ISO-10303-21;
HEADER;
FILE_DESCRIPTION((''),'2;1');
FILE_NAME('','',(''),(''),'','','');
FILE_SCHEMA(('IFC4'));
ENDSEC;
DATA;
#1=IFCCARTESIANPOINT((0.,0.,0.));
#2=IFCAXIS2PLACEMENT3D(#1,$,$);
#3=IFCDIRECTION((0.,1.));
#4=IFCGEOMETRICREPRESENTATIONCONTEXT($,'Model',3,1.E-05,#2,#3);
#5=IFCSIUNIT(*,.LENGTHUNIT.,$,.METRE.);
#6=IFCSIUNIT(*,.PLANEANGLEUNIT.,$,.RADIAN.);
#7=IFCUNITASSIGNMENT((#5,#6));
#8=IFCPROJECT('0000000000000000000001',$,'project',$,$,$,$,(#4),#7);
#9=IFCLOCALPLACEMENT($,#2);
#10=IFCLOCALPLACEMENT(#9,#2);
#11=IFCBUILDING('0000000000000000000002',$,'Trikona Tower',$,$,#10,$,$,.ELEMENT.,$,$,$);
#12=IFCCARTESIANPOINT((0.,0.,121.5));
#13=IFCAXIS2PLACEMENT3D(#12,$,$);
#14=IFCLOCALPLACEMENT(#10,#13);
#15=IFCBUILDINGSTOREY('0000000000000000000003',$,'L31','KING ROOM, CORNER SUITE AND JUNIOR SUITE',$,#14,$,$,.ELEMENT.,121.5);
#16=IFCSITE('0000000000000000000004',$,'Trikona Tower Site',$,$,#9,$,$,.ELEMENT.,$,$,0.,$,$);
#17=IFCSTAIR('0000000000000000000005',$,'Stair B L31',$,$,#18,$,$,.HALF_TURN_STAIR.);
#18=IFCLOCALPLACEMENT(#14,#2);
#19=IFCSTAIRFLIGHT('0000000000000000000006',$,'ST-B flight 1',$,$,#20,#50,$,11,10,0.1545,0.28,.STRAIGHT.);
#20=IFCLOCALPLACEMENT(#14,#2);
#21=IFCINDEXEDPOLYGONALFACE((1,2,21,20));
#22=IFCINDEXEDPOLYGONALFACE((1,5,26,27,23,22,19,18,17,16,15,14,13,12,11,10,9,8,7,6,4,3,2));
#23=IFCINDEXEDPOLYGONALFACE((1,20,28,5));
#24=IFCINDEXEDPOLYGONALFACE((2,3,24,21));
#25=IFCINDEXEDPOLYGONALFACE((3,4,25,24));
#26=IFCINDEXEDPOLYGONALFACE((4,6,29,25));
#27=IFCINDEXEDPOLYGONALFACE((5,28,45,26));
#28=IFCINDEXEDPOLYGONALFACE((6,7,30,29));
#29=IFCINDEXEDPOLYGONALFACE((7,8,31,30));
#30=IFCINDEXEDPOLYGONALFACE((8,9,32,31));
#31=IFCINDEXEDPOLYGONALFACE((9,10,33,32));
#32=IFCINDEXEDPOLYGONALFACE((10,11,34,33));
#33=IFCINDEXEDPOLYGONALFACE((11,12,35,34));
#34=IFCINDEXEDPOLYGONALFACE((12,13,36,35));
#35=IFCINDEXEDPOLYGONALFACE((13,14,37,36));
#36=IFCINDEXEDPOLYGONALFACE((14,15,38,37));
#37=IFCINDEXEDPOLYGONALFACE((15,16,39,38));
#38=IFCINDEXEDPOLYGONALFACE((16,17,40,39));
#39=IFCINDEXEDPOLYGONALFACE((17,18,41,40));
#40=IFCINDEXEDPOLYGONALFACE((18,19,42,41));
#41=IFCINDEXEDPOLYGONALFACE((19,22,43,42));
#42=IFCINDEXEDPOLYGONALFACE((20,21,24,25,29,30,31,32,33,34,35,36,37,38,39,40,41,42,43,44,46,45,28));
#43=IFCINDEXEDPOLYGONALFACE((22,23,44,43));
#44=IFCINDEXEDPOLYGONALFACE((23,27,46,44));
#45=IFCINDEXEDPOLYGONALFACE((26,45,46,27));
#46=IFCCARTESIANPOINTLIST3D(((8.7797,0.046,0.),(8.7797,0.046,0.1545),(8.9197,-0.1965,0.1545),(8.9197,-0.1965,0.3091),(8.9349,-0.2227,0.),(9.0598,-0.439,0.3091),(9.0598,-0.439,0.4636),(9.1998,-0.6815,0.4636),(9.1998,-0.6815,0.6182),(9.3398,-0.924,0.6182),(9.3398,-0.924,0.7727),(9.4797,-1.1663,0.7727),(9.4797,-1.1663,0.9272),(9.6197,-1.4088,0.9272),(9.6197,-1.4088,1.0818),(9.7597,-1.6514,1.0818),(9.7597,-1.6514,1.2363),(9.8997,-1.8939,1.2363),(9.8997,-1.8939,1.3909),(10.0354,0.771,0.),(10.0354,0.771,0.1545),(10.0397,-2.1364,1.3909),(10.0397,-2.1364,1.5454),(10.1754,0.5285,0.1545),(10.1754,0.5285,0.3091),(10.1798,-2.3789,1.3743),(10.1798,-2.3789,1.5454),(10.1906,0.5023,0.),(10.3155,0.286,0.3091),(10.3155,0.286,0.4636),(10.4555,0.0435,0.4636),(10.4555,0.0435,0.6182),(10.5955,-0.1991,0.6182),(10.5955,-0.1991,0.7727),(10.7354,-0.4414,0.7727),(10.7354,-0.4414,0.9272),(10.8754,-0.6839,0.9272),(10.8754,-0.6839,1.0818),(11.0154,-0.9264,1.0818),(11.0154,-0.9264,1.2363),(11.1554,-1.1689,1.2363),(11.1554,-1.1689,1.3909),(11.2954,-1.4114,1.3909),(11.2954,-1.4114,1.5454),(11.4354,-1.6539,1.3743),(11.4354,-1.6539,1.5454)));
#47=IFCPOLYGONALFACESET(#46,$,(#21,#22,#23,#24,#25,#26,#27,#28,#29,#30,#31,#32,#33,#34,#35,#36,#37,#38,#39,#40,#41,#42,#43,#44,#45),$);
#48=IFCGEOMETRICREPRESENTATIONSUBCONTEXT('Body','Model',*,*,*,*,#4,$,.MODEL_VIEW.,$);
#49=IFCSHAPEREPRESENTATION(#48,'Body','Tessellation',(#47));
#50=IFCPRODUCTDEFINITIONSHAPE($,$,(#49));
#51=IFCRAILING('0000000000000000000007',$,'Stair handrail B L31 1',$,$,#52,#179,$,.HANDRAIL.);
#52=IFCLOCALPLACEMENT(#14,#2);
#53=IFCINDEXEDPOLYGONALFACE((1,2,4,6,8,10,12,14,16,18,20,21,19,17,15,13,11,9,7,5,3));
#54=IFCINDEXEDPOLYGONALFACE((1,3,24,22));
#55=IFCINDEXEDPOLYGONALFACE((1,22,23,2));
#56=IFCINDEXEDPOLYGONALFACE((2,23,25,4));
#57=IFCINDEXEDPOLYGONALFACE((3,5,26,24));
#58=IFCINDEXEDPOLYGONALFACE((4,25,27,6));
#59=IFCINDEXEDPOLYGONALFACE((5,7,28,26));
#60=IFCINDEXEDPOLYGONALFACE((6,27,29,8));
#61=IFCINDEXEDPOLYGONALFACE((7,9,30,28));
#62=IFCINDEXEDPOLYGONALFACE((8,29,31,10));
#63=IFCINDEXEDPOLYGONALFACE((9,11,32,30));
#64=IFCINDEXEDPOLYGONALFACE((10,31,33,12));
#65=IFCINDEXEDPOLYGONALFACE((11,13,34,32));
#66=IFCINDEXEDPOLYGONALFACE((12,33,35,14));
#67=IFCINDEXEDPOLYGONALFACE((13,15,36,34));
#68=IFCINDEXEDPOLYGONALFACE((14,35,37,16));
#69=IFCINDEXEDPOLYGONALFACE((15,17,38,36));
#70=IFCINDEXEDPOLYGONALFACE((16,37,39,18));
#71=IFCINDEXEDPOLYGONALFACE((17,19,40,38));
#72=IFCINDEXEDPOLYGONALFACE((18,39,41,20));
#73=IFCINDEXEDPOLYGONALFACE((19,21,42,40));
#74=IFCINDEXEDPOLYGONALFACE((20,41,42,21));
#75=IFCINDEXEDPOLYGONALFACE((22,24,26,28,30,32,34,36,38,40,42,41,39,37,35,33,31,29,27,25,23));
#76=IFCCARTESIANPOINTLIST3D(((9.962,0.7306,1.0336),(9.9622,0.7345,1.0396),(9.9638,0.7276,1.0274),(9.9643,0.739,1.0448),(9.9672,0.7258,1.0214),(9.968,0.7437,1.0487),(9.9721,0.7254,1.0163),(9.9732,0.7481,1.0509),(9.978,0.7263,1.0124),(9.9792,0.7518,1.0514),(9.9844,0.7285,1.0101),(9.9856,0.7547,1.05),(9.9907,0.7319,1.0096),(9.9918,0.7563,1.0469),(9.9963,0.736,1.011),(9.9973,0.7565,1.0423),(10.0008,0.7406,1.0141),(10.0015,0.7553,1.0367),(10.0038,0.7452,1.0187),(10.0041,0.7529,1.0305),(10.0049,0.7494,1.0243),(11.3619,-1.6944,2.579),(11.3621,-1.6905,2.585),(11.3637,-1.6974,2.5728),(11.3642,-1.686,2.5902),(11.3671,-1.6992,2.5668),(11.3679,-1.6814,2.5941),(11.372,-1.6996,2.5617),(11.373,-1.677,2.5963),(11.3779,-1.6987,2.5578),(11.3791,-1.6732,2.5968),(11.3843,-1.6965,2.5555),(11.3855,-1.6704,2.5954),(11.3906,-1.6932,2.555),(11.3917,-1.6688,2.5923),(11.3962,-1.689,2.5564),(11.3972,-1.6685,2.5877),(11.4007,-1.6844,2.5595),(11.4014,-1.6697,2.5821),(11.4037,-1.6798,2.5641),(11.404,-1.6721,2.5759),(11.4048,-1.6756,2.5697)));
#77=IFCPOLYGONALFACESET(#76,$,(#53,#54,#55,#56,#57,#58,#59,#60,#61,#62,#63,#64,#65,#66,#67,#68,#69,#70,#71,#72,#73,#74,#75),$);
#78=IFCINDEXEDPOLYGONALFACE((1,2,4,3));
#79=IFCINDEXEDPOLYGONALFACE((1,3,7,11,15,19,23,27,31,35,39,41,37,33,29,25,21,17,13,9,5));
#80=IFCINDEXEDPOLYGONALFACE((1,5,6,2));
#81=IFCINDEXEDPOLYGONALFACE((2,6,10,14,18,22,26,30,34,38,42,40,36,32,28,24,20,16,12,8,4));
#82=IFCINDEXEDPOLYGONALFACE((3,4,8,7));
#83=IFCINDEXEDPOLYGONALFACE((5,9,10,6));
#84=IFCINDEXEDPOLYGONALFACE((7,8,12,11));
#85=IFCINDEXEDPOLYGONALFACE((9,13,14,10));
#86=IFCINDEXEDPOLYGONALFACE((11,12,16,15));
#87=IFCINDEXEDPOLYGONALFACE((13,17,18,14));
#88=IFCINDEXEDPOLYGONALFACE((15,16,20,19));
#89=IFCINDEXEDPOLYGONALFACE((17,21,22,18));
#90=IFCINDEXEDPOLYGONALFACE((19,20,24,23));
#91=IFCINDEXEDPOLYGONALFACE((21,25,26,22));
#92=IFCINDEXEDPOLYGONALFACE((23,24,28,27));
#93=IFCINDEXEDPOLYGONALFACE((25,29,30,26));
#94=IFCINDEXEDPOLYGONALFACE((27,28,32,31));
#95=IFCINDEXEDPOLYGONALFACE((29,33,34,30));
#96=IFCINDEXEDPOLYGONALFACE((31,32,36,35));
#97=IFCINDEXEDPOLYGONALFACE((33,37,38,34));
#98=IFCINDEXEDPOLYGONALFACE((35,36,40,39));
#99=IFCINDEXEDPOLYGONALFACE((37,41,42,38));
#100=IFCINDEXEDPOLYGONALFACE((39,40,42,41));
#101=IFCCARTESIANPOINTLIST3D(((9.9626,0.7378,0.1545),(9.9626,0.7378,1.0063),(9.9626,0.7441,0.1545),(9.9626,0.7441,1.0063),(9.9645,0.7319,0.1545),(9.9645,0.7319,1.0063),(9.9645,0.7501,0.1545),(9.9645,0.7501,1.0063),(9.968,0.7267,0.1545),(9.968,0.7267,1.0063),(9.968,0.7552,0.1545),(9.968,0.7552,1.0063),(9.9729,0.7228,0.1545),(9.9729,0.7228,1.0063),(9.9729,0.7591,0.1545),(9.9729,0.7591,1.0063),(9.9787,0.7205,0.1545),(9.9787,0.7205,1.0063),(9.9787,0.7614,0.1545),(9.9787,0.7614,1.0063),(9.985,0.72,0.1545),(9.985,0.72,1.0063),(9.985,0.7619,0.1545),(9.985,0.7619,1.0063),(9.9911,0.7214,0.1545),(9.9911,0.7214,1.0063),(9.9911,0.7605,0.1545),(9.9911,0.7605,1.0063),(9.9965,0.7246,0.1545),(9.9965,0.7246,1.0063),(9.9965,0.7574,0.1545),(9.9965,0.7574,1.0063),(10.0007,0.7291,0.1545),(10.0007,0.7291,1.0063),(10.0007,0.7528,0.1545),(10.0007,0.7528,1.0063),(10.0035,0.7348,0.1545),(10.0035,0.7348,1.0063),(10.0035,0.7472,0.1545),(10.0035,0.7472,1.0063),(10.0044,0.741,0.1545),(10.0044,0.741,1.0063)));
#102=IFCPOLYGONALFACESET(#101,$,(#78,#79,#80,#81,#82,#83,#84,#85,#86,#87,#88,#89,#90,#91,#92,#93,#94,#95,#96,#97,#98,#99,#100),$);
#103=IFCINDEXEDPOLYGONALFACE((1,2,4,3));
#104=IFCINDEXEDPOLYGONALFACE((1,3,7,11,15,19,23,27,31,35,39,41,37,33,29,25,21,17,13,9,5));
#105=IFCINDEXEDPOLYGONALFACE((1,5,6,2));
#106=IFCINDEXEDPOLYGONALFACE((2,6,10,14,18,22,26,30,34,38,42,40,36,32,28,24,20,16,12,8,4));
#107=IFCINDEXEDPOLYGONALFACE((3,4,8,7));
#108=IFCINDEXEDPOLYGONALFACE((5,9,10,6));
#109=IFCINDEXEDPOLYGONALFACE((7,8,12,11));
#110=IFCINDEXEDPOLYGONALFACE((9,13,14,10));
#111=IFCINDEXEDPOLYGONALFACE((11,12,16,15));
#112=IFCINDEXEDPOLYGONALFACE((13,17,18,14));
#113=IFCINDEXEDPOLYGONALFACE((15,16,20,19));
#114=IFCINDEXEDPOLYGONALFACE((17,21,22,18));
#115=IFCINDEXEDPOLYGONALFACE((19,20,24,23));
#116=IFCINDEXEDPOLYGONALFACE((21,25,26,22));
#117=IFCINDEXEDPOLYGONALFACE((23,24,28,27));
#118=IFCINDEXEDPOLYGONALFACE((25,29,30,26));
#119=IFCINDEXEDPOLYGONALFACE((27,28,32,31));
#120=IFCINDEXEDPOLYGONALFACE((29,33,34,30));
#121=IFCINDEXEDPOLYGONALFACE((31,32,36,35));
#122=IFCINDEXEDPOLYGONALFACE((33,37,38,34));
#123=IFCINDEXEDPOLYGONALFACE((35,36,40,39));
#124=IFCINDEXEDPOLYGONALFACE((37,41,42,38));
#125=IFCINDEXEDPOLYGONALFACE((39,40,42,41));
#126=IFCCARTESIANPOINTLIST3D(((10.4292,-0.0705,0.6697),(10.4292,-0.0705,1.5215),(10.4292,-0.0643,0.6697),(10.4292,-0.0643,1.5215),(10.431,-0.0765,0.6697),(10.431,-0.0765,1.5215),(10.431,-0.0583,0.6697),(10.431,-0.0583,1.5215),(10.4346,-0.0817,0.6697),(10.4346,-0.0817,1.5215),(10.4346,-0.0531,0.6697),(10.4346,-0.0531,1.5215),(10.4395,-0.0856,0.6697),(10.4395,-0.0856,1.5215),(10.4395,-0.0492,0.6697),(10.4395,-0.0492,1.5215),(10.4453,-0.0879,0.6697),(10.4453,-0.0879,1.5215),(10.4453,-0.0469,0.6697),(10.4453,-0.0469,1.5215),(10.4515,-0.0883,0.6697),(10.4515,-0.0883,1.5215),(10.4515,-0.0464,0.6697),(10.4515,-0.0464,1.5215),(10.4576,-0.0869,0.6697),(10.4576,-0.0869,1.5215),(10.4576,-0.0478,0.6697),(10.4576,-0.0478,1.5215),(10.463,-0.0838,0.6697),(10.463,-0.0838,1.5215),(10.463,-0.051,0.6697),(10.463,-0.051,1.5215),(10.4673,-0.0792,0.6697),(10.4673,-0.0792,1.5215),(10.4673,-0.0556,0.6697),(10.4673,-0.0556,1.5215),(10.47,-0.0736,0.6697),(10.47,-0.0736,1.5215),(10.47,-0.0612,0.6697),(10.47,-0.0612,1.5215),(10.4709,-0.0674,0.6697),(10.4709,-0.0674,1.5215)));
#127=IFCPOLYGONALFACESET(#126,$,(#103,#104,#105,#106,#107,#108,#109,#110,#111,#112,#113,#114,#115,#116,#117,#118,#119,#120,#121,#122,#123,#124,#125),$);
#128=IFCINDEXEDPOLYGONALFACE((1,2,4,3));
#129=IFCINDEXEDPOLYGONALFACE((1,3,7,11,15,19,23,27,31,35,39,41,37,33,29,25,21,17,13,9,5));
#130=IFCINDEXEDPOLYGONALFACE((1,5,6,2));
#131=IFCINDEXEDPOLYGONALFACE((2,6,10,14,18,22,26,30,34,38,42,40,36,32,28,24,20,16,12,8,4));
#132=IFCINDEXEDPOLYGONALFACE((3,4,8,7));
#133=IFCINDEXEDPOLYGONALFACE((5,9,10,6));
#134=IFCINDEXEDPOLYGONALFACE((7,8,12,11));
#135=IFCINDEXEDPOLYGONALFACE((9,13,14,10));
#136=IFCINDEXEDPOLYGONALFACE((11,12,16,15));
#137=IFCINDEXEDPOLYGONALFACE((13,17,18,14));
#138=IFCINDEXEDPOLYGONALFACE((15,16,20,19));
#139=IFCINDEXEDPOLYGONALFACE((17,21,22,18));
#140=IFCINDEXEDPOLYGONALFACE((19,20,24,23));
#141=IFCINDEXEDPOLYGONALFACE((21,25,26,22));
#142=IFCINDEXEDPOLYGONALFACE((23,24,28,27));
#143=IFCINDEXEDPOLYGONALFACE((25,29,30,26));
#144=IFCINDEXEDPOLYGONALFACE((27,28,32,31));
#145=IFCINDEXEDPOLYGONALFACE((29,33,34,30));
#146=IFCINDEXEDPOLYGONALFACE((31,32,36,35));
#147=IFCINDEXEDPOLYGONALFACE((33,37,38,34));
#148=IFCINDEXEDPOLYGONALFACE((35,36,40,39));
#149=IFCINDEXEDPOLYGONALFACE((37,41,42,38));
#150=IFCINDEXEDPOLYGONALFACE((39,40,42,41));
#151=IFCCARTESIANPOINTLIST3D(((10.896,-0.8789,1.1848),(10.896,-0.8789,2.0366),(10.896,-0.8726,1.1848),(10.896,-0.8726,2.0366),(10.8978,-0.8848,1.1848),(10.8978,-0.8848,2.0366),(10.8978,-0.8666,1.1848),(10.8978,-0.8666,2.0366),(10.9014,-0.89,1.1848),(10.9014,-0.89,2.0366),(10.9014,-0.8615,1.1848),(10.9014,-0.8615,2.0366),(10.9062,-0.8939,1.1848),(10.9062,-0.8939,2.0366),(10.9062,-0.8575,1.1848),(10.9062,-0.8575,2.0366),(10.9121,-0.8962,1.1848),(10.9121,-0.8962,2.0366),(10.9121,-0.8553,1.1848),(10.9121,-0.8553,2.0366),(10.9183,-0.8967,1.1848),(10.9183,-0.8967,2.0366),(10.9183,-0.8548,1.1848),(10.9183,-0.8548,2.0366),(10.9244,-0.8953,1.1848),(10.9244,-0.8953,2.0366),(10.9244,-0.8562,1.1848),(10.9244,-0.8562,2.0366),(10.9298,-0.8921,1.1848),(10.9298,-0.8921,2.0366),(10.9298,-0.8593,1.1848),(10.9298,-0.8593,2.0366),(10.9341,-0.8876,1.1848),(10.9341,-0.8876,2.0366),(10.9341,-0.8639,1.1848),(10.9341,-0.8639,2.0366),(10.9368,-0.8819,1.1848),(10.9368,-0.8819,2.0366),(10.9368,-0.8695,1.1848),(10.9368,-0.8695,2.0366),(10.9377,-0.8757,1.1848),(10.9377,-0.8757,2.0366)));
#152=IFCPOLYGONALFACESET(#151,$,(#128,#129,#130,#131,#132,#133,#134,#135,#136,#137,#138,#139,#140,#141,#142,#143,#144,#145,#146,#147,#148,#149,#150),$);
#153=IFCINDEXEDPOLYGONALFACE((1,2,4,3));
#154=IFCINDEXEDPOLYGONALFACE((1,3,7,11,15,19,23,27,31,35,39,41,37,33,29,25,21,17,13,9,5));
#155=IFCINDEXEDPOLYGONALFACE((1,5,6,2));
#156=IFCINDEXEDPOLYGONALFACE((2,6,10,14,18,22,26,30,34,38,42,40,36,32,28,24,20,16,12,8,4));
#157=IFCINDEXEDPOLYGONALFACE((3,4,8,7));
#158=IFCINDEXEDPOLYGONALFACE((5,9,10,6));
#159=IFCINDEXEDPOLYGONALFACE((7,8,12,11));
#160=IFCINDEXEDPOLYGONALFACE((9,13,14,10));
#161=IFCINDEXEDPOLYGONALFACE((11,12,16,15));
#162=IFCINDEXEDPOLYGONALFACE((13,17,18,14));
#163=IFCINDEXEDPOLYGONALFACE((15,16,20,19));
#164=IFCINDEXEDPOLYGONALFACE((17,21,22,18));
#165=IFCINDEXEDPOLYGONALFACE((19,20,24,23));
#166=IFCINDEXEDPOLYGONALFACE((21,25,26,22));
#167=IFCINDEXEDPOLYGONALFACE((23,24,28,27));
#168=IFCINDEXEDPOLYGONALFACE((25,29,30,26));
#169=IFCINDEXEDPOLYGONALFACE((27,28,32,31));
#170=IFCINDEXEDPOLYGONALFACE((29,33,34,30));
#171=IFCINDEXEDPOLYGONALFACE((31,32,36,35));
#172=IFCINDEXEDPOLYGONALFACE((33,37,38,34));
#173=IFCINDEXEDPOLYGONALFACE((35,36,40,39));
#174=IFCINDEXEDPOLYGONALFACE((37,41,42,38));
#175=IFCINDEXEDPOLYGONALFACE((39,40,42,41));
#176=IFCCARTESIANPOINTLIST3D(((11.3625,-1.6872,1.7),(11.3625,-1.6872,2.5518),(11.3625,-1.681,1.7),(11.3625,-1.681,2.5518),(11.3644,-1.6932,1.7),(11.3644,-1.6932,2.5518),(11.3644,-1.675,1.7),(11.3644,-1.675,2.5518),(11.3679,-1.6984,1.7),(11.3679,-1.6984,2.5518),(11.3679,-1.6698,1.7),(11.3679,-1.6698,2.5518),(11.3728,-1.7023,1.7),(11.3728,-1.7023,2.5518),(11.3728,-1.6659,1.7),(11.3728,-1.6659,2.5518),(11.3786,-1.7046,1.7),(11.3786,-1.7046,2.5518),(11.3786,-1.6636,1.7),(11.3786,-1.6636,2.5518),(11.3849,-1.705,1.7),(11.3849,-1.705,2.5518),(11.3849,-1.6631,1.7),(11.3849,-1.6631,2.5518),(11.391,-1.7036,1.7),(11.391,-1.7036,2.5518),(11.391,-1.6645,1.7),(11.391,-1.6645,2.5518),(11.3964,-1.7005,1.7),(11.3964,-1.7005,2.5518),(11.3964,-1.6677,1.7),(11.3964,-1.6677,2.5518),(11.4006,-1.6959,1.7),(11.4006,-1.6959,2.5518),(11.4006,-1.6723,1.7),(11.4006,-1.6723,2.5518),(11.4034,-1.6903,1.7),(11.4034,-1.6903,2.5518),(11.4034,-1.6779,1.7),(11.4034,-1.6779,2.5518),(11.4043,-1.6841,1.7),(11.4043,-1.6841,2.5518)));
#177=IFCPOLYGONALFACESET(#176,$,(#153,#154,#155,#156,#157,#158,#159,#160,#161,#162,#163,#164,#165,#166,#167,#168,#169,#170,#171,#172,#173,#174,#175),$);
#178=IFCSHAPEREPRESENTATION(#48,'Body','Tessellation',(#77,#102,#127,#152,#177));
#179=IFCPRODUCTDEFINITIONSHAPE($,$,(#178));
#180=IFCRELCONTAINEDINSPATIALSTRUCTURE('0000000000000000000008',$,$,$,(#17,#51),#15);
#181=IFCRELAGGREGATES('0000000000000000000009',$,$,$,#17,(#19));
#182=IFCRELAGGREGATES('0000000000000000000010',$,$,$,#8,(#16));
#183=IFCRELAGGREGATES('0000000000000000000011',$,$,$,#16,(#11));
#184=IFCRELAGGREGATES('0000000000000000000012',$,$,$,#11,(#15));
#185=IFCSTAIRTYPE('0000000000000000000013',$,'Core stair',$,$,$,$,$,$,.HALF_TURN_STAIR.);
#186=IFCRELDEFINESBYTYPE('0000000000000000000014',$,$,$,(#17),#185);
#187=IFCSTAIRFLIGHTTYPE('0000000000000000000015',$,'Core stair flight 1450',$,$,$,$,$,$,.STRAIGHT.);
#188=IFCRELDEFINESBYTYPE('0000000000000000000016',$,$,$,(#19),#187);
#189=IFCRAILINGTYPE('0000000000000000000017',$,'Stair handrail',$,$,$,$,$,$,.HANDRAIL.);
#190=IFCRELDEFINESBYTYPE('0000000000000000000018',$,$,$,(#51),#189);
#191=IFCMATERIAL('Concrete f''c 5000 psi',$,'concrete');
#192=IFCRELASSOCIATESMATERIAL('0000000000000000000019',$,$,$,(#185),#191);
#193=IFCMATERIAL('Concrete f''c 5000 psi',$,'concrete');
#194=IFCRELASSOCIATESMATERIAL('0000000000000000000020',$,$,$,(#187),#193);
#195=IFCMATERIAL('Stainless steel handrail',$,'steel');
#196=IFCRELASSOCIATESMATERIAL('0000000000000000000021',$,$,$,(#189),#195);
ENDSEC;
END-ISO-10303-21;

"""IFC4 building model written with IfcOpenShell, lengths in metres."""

from ifc_helpers import new_model, si_unit, direction, frame, origin, origin_2d, place, context, subcontext, project, spatial, polyline, circle, outline, extrude, material, type_object, element, aggregate, save


model = new_model("IFC4")

# Units and contexts
model_context = context("Model", 3, precision=1e-05, world=origin(), true_north=direction((0.0, 1.0)))
body_context = subcontext(model_context, "Body", "Model", "MODEL_VIEW")
ifc_project = project(units=[si_unit("LENGTHUNIT", "METRE"), si_unit("PLANEANGLEUNIT", "RADIAN")], contexts=[model_context])

# Site, building, storey
site_placement = place(None, origin())
site = spatial("IfcSite", under=ifc_project, at=site_placement, Name="Trikona Tower Site", CompositionType="ELEMENT", RefElevation=0.0)
building_placement = place(site_placement, origin())
building = spatial("IfcBuilding", under=site, at=building_placement, Name="Trikona Tower", CompositionType="ELEMENT")
storey_placement = place(building_placement, frame((0.0, 0.0, 121.5)))
storey = spatial("IfcBuildingStorey", under=building, at=storey_placement, Name="L31", Description="KING ROOM, CORNER SUITE AND JUNIOR SUITE", CompositionType="ELEMENT", Elevation=121.5)

# Stair
ifc_material_1 = material(Name="Concrete f'c 5000 psi", Category="concrete")
stair_type = type_object("IfcStairType", Name="Core stair", PredefinedType="HALF_TURN_STAIR", material=ifc_material_1)
stair_1_placement = place(storey_placement, origin())
stair_1 = element("IfcStair", 1, at=stair_1_placement, inside=storey, type_object=stair_type, Name="Stair B L31", PredefinedType="HALF_TURN_STAIR")

# Stair flight
ifc_material_2 = material(Name="Concrete f'c 5000 psi", Category="concrete")
stair_flight_type = type_object("IfcStairFlightType", Name="Core stair flight 1450", PredefinedType="STRAIGHT", material=ifc_material_2)
stair_flight_placement = place(storey_placement, frame((9.4075, 0.4084, 0.0), z_axis=(0.0, 0.0, 1.0), x_axis=(0.5, -0.866025, 0.0)))
stair_flight = element("IfcStairFlight", 2, at=stair_flight_placement, type_object=stair_flight_type, Name="ST-B flight 1", NumberOfRisers=11, NumberOfTreads=10, PredefinedType="STRAIGHT", RiserHeight=0.1545, TreadLength=0.28, context=body_context, shape_type="SweptSolid", body=[
    extrude(outline(polyline([(0.0, 0.0), (0.0, 0.1545), (0.28, 0.1545), (0.28, 0.3091), (0.5601, 0.3091), (0.5601, 0.4636), (0.8401, 0.4636), (0.8401, 0.6182), (1.1201, 0.6182), (1.1201, 0.7727), (1.3999, 0.7727), (1.3999, 0.9272), (1.6799, 0.9272), (1.6799, 1.0818), (1.96, 1.0818), (1.96, 1.2363), (2.24, 1.2363), (2.24, 1.3909), (2.52, 1.3909), (2.52, 1.5454), (2.8, 1.5454), (2.8, 1.7), (2.8, 1.3743), (0.3103, 0.0), (0.0, 0.0)])), frame((0.0, 0.7251, 0.0), z_axis=(0.0, -1.0, 0.0), x_axis=(1.0, 0.0, 0.0)), (0.0, 0.0, 1.0), 1.45),
])
aggregate(stair_1, [stair_flight])

# Railing
ifc_material_3 = material(Name="Stainless steel handrail", Category="steel")
railing_type = type_object("IfcRailingType", Name="Stair handrail", PredefinedType="HANDRAIL", material=ifc_material_3)
railing_placement = place(storey_placement, frame((9.9834, 0.741, 0.1545)))
element("IfcRailing", 3, at=railing_placement, inside=storey, type_object=railing_type, Name="Stair handrail B L31 1", PredefinedType="HANDRAIL", context=body_context, shape_type="SweptSolid", body=[
    extrude(circle(Radius=0.0239, at=origin_2d()), frame((0.0, 0.0, 0.876), z_axis=(0.437707, -0.75824, 0.483203), x_axis=(0.866056, 0.499946, 0.0)), (0.0, 0.0, 1.0), 3.1982),
    extrude(circle(Radius=0.021, at=origin_2d()), origin(), (0.0, 0.0, 1.0), 0.8518),
    extrude(circle(Radius=0.021, at=origin_2d()), frame((0.4666, -0.8083, 0.5151)), (0.0, 0.0, 1.0), 0.8518),
    extrude(circle(Radius=0.021, at=origin_2d()), frame((0.9333, -1.6167, 1.0303)), (0.0, 0.0, 1.0), 0.8518),
    extrude(circle(Radius=0.021, at=origin_2d()), frame((1.3999, -2.425, 1.5454)), (0.0, 0.0, 1.0), 0.8518),
])

save(model, "model.ifc")
